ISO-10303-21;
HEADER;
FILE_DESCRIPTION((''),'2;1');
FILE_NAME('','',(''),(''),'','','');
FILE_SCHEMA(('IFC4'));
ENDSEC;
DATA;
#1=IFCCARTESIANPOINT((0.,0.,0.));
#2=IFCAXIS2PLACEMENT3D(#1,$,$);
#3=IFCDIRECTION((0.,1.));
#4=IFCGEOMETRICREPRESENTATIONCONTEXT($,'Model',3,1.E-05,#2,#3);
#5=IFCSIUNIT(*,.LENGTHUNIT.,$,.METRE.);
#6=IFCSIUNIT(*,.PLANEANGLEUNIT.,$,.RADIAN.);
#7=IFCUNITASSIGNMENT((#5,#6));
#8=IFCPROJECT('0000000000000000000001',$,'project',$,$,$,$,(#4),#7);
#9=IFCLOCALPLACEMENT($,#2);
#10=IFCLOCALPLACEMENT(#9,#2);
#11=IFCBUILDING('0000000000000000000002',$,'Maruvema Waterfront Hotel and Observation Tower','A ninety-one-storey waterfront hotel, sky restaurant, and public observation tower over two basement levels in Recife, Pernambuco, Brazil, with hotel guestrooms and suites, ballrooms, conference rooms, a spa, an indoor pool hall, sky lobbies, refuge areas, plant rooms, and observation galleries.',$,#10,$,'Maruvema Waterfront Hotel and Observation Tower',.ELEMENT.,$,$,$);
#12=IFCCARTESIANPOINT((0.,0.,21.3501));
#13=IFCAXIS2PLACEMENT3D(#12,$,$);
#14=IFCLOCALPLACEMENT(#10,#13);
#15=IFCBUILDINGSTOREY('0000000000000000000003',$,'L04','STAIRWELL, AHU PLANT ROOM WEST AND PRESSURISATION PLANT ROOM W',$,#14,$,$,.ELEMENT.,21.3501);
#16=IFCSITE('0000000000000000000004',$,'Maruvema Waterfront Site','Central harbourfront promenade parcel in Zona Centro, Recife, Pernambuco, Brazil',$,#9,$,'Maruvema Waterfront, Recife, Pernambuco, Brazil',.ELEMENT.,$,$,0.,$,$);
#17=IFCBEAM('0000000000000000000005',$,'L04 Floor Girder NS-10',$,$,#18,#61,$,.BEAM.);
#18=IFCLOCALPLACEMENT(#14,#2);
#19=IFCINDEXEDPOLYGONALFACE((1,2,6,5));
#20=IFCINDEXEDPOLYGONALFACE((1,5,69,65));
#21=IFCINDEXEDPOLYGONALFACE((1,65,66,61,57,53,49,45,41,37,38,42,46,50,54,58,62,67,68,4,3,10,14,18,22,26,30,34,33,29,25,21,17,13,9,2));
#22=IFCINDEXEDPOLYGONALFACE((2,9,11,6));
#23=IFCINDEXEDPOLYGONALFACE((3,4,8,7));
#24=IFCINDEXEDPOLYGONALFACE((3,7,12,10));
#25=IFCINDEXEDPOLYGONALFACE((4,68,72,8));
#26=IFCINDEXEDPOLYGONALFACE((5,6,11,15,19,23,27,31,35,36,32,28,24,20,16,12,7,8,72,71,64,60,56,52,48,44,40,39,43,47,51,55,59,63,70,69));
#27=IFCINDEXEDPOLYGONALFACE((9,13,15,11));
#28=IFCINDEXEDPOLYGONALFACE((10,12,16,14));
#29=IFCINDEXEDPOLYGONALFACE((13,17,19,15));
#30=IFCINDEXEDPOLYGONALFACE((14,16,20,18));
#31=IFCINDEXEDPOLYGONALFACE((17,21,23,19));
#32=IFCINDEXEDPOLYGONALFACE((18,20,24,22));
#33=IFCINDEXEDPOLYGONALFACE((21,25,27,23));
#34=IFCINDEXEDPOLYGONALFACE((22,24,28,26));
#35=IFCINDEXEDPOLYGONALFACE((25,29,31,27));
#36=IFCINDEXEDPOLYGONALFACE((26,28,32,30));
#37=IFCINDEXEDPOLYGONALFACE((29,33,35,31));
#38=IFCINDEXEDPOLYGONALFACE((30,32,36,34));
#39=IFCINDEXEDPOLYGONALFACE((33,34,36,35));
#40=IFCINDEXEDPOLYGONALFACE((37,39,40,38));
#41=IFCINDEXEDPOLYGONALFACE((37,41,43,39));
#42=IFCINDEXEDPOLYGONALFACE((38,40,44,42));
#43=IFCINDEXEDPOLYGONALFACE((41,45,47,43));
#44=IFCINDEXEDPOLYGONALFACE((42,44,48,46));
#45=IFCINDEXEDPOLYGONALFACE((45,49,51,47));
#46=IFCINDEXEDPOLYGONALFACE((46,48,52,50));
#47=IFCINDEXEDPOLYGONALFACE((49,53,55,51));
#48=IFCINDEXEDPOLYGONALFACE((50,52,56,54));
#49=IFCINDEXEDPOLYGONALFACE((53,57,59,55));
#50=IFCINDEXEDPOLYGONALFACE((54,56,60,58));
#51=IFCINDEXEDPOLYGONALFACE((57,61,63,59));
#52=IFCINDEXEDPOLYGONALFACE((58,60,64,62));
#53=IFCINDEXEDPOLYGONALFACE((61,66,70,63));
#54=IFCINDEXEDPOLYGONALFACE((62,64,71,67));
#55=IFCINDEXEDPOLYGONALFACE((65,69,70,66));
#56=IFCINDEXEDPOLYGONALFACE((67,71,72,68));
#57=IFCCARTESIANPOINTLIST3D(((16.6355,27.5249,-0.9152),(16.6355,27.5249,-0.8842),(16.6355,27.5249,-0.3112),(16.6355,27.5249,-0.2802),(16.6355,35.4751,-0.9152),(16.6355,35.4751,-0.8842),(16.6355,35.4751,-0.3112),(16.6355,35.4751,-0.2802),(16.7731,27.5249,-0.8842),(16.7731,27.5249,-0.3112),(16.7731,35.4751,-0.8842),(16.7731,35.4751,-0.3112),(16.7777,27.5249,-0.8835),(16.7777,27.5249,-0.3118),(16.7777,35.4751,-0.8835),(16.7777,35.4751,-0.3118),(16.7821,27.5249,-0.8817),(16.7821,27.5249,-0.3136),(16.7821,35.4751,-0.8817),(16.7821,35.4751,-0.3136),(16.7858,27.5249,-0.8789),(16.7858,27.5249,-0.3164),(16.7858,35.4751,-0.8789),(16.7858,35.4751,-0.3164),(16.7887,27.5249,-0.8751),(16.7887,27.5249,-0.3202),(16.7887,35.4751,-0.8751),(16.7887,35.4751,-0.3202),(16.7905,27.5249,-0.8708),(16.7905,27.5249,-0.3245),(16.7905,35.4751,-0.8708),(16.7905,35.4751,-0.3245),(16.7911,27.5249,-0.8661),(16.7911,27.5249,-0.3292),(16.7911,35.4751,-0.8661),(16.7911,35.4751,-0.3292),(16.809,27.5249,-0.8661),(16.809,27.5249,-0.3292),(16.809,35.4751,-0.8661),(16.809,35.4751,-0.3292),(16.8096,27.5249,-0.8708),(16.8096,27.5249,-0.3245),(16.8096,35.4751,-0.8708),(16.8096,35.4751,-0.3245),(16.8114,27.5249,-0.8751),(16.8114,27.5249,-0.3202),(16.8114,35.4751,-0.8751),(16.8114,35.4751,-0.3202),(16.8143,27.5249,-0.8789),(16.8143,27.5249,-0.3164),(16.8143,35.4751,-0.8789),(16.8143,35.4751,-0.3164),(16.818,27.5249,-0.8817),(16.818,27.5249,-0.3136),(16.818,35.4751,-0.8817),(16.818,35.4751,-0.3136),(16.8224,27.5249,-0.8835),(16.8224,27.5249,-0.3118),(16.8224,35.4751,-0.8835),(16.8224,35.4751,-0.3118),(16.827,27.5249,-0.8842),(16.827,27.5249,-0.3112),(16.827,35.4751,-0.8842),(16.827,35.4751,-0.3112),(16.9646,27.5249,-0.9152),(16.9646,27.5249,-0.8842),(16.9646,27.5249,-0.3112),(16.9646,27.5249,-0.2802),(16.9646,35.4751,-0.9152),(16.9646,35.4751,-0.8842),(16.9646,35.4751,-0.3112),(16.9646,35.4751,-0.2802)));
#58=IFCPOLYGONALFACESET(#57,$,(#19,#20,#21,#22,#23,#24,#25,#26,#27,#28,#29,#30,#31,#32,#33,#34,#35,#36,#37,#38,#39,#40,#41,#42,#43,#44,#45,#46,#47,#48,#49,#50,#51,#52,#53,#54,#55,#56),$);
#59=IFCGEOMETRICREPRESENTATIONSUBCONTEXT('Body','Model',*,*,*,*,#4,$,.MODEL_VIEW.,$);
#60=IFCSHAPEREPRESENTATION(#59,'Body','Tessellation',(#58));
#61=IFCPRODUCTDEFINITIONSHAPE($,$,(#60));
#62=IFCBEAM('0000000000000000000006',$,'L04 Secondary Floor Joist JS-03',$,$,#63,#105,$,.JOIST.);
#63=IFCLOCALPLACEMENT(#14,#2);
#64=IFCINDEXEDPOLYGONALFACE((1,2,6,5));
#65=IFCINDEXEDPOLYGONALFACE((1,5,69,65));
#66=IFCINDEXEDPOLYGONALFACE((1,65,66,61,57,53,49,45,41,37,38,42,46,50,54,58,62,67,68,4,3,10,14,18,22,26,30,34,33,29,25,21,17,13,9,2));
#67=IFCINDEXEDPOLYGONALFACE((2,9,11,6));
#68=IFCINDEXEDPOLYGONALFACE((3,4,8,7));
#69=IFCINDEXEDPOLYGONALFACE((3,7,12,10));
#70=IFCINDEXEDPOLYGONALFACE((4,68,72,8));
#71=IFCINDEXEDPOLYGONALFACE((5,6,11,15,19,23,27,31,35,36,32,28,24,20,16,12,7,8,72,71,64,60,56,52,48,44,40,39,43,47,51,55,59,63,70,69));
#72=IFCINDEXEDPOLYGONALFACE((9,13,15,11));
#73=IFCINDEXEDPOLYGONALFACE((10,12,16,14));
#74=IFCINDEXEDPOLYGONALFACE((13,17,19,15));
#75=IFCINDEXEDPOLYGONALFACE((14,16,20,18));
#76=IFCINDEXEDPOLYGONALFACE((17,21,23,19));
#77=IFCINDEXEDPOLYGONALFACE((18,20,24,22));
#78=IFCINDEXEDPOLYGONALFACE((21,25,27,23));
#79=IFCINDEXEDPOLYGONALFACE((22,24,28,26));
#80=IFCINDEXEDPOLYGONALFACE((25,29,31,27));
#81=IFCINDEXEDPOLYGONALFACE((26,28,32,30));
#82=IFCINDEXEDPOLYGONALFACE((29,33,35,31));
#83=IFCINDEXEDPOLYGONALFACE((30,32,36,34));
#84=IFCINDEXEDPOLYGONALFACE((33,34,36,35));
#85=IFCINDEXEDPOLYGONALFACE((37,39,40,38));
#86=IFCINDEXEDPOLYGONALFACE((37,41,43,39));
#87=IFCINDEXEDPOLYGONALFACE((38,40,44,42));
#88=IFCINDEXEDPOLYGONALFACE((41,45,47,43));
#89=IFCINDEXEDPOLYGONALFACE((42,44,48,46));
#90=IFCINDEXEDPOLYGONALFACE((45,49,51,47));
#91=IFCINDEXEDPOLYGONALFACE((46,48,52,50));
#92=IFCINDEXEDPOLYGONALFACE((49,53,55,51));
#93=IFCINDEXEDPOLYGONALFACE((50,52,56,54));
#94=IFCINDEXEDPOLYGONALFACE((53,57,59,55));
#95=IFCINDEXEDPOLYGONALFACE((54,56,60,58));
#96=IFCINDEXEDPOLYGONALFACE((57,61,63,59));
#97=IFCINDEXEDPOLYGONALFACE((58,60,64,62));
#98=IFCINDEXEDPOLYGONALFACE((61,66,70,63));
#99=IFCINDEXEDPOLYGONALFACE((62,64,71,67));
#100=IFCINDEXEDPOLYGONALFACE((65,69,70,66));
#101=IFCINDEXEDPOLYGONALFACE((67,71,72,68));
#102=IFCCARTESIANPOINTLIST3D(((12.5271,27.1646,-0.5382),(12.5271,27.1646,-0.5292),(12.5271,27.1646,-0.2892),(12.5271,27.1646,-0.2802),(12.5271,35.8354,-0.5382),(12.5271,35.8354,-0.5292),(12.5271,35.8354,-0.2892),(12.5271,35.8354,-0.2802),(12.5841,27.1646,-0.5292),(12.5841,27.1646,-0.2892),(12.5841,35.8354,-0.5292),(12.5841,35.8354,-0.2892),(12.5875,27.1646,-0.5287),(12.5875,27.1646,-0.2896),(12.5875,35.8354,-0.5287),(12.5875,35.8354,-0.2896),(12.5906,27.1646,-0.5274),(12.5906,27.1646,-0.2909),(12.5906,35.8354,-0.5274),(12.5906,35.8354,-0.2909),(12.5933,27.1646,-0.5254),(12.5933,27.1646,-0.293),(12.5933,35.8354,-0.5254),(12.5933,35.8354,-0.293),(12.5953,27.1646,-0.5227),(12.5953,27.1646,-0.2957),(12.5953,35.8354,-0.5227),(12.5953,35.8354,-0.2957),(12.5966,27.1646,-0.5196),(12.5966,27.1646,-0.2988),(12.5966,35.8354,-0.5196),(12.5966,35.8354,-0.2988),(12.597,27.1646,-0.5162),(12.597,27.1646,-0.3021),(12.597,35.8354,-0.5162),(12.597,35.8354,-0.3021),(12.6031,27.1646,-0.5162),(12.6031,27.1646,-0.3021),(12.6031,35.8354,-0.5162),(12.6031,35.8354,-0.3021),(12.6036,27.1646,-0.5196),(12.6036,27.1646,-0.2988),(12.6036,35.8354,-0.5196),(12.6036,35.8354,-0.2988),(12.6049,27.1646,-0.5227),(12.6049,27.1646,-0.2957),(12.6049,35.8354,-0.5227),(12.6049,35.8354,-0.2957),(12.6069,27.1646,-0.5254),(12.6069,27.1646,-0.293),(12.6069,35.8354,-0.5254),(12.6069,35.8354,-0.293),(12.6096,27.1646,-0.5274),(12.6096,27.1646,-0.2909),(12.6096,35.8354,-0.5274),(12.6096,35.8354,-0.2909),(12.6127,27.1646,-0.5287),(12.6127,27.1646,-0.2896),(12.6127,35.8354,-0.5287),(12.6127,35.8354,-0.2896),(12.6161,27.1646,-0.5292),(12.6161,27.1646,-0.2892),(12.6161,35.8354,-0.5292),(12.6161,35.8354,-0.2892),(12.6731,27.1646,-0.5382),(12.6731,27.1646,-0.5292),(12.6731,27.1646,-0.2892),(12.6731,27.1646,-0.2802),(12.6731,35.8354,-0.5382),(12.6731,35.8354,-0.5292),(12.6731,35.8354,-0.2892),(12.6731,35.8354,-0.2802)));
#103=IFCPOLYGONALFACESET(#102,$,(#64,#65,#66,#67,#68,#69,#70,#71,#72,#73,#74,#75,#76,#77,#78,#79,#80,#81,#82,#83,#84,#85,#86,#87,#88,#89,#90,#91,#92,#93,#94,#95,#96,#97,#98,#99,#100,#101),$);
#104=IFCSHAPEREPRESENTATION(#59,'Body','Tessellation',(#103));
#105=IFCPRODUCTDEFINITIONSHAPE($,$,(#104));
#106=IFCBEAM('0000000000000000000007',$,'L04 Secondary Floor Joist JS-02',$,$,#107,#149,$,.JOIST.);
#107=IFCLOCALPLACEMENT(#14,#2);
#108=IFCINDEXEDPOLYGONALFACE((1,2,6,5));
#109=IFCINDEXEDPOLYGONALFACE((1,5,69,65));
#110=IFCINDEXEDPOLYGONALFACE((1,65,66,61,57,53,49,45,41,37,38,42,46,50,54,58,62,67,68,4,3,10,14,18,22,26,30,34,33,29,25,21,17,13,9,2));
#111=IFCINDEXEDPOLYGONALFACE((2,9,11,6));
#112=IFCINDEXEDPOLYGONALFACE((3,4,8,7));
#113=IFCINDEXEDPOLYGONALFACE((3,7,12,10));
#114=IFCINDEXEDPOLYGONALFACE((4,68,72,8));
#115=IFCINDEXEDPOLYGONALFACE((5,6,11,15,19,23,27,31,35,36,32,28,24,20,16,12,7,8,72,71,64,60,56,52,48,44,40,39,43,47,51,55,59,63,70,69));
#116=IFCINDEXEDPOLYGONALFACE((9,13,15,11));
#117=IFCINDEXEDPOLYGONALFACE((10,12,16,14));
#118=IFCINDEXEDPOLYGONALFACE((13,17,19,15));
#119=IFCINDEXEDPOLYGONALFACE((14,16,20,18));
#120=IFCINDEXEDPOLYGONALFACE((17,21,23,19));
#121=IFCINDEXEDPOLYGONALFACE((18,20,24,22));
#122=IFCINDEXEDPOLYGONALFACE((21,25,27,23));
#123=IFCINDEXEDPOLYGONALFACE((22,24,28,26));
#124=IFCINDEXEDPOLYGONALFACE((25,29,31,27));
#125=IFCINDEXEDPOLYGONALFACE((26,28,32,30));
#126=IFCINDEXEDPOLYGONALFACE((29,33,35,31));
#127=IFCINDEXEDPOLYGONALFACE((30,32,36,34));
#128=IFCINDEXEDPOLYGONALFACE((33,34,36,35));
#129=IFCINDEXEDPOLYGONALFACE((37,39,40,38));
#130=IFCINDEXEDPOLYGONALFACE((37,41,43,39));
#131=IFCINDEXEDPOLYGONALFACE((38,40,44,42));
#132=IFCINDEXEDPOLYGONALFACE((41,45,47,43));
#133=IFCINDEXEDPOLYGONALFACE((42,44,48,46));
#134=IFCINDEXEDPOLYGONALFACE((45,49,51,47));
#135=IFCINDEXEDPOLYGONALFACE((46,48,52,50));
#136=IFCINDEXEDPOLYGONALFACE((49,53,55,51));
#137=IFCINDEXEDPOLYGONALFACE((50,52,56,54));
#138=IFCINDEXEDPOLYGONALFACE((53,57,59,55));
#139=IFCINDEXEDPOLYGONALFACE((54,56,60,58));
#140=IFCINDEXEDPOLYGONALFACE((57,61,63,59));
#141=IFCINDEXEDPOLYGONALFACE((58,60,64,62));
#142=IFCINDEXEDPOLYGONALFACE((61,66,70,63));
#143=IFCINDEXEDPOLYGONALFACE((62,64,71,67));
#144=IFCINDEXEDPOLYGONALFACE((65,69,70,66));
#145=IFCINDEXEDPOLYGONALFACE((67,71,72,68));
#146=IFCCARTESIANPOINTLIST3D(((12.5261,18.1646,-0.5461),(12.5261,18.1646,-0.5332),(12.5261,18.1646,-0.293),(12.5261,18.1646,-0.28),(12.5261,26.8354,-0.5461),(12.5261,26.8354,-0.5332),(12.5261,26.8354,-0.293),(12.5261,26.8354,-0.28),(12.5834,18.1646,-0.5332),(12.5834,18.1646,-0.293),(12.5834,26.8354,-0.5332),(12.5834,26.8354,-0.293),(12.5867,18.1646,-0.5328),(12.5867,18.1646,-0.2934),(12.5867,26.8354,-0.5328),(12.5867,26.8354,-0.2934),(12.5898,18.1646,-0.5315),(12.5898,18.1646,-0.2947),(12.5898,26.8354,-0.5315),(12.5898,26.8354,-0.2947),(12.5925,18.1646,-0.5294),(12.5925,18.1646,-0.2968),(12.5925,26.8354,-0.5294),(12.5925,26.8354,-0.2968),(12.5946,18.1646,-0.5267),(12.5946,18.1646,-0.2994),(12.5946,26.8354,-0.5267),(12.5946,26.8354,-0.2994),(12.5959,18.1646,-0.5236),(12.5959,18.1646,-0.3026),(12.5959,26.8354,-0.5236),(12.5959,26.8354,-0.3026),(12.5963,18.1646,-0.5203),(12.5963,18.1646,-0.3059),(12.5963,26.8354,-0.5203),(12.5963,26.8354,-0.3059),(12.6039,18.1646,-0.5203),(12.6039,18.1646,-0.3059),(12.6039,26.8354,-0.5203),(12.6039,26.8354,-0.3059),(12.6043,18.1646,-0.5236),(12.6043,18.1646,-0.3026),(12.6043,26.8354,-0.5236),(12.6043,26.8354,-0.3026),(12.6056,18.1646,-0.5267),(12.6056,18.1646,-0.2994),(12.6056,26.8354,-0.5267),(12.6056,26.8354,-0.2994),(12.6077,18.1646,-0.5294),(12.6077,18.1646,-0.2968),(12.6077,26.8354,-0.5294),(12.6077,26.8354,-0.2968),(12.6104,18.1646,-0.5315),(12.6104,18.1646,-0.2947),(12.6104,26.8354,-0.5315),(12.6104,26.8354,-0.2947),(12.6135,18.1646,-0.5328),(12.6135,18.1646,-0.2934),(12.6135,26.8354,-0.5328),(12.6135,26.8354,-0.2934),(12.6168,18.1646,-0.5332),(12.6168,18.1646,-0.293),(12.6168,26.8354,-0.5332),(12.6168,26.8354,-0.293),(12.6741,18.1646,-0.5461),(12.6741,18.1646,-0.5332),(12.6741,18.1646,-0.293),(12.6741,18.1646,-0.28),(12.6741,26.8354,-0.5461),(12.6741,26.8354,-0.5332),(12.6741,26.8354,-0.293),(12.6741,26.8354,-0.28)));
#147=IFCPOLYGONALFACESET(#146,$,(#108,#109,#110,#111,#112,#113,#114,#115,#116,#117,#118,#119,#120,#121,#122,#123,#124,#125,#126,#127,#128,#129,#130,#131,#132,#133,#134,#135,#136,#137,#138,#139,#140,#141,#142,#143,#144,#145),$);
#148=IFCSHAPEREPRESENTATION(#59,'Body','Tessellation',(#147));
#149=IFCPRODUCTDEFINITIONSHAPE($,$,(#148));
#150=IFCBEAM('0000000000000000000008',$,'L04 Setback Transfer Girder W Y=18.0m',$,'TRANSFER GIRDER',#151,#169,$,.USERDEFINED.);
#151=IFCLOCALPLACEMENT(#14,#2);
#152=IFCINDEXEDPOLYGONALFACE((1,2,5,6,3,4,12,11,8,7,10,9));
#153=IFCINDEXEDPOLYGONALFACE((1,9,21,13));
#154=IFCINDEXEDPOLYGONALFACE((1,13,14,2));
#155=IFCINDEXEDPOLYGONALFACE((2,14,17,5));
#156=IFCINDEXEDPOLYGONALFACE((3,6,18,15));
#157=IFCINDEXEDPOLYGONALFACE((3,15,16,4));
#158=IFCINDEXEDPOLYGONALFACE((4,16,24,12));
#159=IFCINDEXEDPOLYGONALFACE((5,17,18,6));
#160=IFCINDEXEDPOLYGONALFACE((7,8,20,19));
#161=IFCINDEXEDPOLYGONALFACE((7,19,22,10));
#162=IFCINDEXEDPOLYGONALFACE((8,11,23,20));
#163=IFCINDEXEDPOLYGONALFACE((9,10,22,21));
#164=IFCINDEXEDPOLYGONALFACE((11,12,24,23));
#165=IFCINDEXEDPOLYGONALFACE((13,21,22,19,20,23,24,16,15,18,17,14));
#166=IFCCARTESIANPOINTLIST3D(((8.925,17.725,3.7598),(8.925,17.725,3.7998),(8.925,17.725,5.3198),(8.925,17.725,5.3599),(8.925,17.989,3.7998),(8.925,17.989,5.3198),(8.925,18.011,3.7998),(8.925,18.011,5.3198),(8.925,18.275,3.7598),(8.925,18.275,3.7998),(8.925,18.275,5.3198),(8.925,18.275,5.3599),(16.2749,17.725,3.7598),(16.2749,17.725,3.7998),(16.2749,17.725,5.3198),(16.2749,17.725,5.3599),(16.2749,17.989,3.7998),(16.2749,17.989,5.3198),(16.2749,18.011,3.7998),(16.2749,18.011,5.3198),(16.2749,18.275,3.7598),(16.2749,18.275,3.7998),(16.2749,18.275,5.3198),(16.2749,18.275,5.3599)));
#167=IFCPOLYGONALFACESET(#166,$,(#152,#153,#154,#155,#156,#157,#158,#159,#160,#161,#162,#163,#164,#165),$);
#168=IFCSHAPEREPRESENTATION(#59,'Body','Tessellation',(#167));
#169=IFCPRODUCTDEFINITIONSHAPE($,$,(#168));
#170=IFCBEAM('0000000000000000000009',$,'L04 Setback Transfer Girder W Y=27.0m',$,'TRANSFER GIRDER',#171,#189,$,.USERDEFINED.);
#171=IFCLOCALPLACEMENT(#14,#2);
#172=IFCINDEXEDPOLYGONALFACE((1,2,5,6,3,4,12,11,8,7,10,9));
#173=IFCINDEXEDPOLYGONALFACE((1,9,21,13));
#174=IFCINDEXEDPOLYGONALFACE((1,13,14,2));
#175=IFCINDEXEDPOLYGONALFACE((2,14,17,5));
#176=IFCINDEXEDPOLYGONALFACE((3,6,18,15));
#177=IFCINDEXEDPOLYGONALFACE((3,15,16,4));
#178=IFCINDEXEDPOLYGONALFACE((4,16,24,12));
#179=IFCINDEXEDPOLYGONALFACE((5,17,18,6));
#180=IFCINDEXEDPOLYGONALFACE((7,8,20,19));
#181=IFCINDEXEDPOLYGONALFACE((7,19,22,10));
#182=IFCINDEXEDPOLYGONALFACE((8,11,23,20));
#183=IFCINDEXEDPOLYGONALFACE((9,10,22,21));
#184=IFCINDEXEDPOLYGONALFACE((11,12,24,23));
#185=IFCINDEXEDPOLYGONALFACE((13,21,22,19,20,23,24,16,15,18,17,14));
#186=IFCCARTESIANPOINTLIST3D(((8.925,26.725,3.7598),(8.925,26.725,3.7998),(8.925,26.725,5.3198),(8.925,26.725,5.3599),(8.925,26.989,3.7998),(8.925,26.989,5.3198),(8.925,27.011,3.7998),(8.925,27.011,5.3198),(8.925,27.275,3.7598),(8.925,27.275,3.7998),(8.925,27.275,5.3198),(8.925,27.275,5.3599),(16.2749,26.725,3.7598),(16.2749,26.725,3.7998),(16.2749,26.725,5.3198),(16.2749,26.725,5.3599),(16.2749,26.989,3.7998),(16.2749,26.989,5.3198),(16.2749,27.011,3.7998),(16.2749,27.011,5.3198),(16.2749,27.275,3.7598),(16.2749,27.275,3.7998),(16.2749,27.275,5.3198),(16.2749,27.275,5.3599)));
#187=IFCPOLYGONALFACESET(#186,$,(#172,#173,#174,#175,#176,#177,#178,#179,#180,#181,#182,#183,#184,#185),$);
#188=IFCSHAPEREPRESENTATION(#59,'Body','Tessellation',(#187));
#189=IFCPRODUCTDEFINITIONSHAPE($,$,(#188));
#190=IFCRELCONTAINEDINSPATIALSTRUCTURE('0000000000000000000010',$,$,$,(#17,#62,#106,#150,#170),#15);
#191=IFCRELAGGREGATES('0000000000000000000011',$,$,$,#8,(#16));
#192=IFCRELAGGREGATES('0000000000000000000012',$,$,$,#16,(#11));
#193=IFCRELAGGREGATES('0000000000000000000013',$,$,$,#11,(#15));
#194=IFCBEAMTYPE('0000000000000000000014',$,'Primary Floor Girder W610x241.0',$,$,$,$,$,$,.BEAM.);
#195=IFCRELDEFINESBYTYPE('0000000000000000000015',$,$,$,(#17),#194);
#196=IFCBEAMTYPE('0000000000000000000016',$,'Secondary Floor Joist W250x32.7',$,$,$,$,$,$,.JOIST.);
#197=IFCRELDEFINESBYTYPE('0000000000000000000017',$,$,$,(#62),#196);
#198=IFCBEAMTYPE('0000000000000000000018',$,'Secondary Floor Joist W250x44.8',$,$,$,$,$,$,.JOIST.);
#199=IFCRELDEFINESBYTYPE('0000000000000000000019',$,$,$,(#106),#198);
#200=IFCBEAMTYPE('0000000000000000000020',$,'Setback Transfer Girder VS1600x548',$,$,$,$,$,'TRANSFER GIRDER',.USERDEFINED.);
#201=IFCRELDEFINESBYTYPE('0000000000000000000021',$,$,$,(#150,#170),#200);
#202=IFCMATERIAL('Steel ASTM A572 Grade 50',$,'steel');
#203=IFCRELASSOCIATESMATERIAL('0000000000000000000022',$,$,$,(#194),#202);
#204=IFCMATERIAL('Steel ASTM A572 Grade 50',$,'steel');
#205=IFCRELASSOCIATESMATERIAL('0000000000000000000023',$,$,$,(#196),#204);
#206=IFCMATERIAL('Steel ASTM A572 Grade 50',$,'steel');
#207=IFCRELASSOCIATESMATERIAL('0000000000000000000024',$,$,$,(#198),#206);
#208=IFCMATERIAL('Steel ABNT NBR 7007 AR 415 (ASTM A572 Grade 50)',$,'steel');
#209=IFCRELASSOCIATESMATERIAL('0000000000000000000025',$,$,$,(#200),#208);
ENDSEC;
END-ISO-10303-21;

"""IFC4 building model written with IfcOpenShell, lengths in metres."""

from ifc_helpers import new_model, si_unit, direction, frame, origin, origin_2d, place, context, subcontext, project, spatial, i_section, extrude, material, material_profile, profile_set, type_object, element, save


model = new_model("IFC4")

# Units and contexts
model_context = context("Model", 3, precision=1e-05, world=origin(), true_north=direction((0.0, 1.0)))
body_context = subcontext(model_context, "Body", "Model", "MODEL_VIEW")
ifc_project = project(units=[si_unit("LENGTHUNIT", "METRE"), si_unit("PLANEANGLEUNIT", "RADIAN")], contexts=[model_context])

# Site, building, storey
site_placement = place(None, origin())
site = spatial("IfcSite", under=ifc_project, at=site_placement, Name="Maruvema Waterfront Site", Description="Central harbourfront promenade parcel in Zona Centro, Recife, Pernambuco, Brazil", LongName="Maruvema Waterfront, Recife, Pernambuco, Brazil", CompositionType="ELEMENT", RefElevation=0.0)
building_placement = place(site_placement, origin())
building = spatial("IfcBuilding", under=site, at=building_placement, Name="Maruvema Waterfront Hotel and Observation Tower", Description="A ninety-one-storey waterfront hotel, sky restaurant, and public observation tower over two basement levels in Recife, Pernambuco, Brazil, with hotel guestrooms and suites, ballrooms, conference rooms, a spa, an indoor pool hall, sky lobbies, refuge areas, plant rooms, and observation galleries.", LongName="Maruvema Waterfront Hotel and Observation Tower", CompositionType="ELEMENT")
storey_placement = place(building_placement, frame((0.0, 0.0, 21.3501)))
storey = spatial("IfcBuildingStorey", under=building, at=storey_placement, Name="L04", Description="STAIRWELL, AHU PLANT ROOM WEST AND PRESSURISATION PLANT ROOM W", CompositionType="ELEMENT", Elevation=21.3501)

# Beams
ifc_material_1 = material(Name="Steel ASTM A572 Grade 50", Category="steel")
ifc_material_profile_1 = material_profile(ifc_material_1, i_section(OverallWidth=0.3291, OverallDepth=0.635, WebThickness=0.0178, FlangeThickness=0.031, FilletRadius=0.0181, at=origin_2d()), Name="W610x241.0")
ifc_profile_set_1 = profile_set([ifc_material_profile_1], Name="Steel ASTM A572 Grade 50")
beam_type_1 = type_object("IfcBeamType", Name="Primary Floor Girder W610x241.0", PredefinedType="BEAM", material=ifc_profile_set_1)
for number, where, z_axis, x_axis, name in (
    (1, (16.8, 27.5249, -0.5977), (0.0, 1.0, 0.0), (-1.0, 0.0, 0.0), "L04 Floor Girder NS-10"),
):
    element("IfcBeam", number, at=place(storey_placement, frame(where, z_axis=z_axis, x_axis=x_axis)), inside=storey, type_object=beam_type_1, Name=name, PredefinedType="BEAM", context=body_context, shape_type="SweptSolid", body=[
        extrude(i_section(OverallWidth=0.3291, OverallDepth=0.635, WebThickness=0.0178, FlangeThickness=0.031, FilletRadius=0.0181, at=origin_2d()), origin(), (0.0, 0.0, 1.0), 7.9502),
    ])
ifc_material_2 = material(Name="Steel ASTM A572 Grade 50", Category="steel")
ifc_material_profile_2 = material_profile(ifc_material_2, i_section(OverallWidth=0.146, OverallDepth=0.2581, WebThickness=0.0061, FlangeThickness=0.009, FilletRadius=0.0129, at=origin_2d()), Name="W250x32.7")
ifc_profile_set_2 = profile_set([ifc_material_profile_2], Name="Steel ASTM A572 Grade 50")
beam_type_2 = type_object("IfcBeamType", Name="Secondary Floor Joist W250x32.7", PredefinedType="JOIST", material=ifc_profile_set_2)
beam_1_placement = place(storey_placement, frame((12.6001, 27.1646, -0.4092), z_axis=(0.0, 1.0, 0.0), x_axis=(-1.0, 0.0, 0.0)))
element("IfcBeam", 2, at=beam_1_placement, inside=storey, type_object=beam_type_2, Name="L04 Secondary Floor Joist JS-03", PredefinedType="JOIST", context=body_context, shape_type="SweptSolid", body=[
    extrude(i_section(OverallWidth=0.146, OverallDepth=0.2581, WebThickness=0.0061, FlangeThickness=0.009, FilletRadius=0.0129, at=origin_2d()), origin(), (0.0, 0.0, 1.0), 8.6709),
])
ifc_material_3 = material(Name="Steel ASTM A572 Grade 50", Category="steel")
ifc_material_profile_3 = material_profile(ifc_material_3, i_section(OverallWidth=0.1479, OverallDepth=0.2661, WebThickness=0.0076, FlangeThickness=0.0129, FilletRadius=0.0129, at=origin_2d()), Name="W250x44.8")
ifc_profile_set_3 = profile_set([ifc_material_profile_3], Name="Steel ASTM A572 Grade 50")
beam_type_3 = type_object("IfcBeamType", Name="Secondary Floor Joist W250x44.8", PredefinedType="JOIST", material=ifc_profile_set_3)
beam_2_placement = place(storey_placement, frame((12.6001, 18.1646, -0.4131), z_axis=(0.0, 1.0, 0.0), x_axis=(-1.0, 0.0, 0.0)))
element("IfcBeam", 3, at=beam_2_placement, inside=storey, type_object=beam_type_3, Name="L04 Secondary Floor Joist JS-02", PredefinedType="JOIST", context=body_context, shape_type="SweptSolid", body=[
    extrude(i_section(OverallWidth=0.1479, OverallDepth=0.2661, WebThickness=0.0076, FlangeThickness=0.0129, FilletRadius=0.0129, at=origin_2d()), origin(), (0.0, 0.0, 1.0), 8.6709),
])
ifc_material_4 = material(Name="Steel ABNT NBR 7007 AR 415 (ASTM A572 Grade 50)", Category="steel")
ifc_material_profile_4 = material_profile(ifc_material_4, i_section(OverallWidth=0.55, OverallDepth=1.6001, WebThickness=0.022, FlangeThickness=0.04, at=origin_2d()), Name="VS1600x548")
ifc_profile_set_4 = profile_set([ifc_material_profile_4], Name="Steel ABNT NBR 7007 AR 415 (ASTM A572 Grade 50)")
beam_type_4 = type_object("IfcBeamType", Name="Setback Transfer Girder VS1600x548", ElementType="TRANSFER GIRDER", PredefinedType="USERDEFINED", material=ifc_profile_set_4)
for number, where, z_axis, x_axis, name in (
    (4, (8.925, 18.0, 4.5598), (1.0, 0.0, 0.0), (0.0, 1.0, 0.0), "L04 Setback Transfer Girder W Y=18.0m"),
    (5, (8.925, 27.0, 4.5598), (1.0, 0.0, 0.0), (0.0, 1.0, 0.0), "L04 Setback Transfer Girder W Y=27.0m"),
):
    element("IfcBeam", number, at=place(storey_placement, frame(where, z_axis=z_axis, x_axis=x_axis)), inside=storey, type_object=beam_type_4, Name=name, ObjectType="TRANSFER GIRDER", PredefinedType="USERDEFINED", context=body_context, shape_type="SweptSolid", body=[
        extrude(i_section(OverallWidth=0.55, OverallDepth=1.6001, WebThickness=0.022, FlangeThickness=0.04, at=origin_2d()), origin(), (0.0, 0.0, 1.0), 7.3499),
    ])

save(model, "model.ifc")
